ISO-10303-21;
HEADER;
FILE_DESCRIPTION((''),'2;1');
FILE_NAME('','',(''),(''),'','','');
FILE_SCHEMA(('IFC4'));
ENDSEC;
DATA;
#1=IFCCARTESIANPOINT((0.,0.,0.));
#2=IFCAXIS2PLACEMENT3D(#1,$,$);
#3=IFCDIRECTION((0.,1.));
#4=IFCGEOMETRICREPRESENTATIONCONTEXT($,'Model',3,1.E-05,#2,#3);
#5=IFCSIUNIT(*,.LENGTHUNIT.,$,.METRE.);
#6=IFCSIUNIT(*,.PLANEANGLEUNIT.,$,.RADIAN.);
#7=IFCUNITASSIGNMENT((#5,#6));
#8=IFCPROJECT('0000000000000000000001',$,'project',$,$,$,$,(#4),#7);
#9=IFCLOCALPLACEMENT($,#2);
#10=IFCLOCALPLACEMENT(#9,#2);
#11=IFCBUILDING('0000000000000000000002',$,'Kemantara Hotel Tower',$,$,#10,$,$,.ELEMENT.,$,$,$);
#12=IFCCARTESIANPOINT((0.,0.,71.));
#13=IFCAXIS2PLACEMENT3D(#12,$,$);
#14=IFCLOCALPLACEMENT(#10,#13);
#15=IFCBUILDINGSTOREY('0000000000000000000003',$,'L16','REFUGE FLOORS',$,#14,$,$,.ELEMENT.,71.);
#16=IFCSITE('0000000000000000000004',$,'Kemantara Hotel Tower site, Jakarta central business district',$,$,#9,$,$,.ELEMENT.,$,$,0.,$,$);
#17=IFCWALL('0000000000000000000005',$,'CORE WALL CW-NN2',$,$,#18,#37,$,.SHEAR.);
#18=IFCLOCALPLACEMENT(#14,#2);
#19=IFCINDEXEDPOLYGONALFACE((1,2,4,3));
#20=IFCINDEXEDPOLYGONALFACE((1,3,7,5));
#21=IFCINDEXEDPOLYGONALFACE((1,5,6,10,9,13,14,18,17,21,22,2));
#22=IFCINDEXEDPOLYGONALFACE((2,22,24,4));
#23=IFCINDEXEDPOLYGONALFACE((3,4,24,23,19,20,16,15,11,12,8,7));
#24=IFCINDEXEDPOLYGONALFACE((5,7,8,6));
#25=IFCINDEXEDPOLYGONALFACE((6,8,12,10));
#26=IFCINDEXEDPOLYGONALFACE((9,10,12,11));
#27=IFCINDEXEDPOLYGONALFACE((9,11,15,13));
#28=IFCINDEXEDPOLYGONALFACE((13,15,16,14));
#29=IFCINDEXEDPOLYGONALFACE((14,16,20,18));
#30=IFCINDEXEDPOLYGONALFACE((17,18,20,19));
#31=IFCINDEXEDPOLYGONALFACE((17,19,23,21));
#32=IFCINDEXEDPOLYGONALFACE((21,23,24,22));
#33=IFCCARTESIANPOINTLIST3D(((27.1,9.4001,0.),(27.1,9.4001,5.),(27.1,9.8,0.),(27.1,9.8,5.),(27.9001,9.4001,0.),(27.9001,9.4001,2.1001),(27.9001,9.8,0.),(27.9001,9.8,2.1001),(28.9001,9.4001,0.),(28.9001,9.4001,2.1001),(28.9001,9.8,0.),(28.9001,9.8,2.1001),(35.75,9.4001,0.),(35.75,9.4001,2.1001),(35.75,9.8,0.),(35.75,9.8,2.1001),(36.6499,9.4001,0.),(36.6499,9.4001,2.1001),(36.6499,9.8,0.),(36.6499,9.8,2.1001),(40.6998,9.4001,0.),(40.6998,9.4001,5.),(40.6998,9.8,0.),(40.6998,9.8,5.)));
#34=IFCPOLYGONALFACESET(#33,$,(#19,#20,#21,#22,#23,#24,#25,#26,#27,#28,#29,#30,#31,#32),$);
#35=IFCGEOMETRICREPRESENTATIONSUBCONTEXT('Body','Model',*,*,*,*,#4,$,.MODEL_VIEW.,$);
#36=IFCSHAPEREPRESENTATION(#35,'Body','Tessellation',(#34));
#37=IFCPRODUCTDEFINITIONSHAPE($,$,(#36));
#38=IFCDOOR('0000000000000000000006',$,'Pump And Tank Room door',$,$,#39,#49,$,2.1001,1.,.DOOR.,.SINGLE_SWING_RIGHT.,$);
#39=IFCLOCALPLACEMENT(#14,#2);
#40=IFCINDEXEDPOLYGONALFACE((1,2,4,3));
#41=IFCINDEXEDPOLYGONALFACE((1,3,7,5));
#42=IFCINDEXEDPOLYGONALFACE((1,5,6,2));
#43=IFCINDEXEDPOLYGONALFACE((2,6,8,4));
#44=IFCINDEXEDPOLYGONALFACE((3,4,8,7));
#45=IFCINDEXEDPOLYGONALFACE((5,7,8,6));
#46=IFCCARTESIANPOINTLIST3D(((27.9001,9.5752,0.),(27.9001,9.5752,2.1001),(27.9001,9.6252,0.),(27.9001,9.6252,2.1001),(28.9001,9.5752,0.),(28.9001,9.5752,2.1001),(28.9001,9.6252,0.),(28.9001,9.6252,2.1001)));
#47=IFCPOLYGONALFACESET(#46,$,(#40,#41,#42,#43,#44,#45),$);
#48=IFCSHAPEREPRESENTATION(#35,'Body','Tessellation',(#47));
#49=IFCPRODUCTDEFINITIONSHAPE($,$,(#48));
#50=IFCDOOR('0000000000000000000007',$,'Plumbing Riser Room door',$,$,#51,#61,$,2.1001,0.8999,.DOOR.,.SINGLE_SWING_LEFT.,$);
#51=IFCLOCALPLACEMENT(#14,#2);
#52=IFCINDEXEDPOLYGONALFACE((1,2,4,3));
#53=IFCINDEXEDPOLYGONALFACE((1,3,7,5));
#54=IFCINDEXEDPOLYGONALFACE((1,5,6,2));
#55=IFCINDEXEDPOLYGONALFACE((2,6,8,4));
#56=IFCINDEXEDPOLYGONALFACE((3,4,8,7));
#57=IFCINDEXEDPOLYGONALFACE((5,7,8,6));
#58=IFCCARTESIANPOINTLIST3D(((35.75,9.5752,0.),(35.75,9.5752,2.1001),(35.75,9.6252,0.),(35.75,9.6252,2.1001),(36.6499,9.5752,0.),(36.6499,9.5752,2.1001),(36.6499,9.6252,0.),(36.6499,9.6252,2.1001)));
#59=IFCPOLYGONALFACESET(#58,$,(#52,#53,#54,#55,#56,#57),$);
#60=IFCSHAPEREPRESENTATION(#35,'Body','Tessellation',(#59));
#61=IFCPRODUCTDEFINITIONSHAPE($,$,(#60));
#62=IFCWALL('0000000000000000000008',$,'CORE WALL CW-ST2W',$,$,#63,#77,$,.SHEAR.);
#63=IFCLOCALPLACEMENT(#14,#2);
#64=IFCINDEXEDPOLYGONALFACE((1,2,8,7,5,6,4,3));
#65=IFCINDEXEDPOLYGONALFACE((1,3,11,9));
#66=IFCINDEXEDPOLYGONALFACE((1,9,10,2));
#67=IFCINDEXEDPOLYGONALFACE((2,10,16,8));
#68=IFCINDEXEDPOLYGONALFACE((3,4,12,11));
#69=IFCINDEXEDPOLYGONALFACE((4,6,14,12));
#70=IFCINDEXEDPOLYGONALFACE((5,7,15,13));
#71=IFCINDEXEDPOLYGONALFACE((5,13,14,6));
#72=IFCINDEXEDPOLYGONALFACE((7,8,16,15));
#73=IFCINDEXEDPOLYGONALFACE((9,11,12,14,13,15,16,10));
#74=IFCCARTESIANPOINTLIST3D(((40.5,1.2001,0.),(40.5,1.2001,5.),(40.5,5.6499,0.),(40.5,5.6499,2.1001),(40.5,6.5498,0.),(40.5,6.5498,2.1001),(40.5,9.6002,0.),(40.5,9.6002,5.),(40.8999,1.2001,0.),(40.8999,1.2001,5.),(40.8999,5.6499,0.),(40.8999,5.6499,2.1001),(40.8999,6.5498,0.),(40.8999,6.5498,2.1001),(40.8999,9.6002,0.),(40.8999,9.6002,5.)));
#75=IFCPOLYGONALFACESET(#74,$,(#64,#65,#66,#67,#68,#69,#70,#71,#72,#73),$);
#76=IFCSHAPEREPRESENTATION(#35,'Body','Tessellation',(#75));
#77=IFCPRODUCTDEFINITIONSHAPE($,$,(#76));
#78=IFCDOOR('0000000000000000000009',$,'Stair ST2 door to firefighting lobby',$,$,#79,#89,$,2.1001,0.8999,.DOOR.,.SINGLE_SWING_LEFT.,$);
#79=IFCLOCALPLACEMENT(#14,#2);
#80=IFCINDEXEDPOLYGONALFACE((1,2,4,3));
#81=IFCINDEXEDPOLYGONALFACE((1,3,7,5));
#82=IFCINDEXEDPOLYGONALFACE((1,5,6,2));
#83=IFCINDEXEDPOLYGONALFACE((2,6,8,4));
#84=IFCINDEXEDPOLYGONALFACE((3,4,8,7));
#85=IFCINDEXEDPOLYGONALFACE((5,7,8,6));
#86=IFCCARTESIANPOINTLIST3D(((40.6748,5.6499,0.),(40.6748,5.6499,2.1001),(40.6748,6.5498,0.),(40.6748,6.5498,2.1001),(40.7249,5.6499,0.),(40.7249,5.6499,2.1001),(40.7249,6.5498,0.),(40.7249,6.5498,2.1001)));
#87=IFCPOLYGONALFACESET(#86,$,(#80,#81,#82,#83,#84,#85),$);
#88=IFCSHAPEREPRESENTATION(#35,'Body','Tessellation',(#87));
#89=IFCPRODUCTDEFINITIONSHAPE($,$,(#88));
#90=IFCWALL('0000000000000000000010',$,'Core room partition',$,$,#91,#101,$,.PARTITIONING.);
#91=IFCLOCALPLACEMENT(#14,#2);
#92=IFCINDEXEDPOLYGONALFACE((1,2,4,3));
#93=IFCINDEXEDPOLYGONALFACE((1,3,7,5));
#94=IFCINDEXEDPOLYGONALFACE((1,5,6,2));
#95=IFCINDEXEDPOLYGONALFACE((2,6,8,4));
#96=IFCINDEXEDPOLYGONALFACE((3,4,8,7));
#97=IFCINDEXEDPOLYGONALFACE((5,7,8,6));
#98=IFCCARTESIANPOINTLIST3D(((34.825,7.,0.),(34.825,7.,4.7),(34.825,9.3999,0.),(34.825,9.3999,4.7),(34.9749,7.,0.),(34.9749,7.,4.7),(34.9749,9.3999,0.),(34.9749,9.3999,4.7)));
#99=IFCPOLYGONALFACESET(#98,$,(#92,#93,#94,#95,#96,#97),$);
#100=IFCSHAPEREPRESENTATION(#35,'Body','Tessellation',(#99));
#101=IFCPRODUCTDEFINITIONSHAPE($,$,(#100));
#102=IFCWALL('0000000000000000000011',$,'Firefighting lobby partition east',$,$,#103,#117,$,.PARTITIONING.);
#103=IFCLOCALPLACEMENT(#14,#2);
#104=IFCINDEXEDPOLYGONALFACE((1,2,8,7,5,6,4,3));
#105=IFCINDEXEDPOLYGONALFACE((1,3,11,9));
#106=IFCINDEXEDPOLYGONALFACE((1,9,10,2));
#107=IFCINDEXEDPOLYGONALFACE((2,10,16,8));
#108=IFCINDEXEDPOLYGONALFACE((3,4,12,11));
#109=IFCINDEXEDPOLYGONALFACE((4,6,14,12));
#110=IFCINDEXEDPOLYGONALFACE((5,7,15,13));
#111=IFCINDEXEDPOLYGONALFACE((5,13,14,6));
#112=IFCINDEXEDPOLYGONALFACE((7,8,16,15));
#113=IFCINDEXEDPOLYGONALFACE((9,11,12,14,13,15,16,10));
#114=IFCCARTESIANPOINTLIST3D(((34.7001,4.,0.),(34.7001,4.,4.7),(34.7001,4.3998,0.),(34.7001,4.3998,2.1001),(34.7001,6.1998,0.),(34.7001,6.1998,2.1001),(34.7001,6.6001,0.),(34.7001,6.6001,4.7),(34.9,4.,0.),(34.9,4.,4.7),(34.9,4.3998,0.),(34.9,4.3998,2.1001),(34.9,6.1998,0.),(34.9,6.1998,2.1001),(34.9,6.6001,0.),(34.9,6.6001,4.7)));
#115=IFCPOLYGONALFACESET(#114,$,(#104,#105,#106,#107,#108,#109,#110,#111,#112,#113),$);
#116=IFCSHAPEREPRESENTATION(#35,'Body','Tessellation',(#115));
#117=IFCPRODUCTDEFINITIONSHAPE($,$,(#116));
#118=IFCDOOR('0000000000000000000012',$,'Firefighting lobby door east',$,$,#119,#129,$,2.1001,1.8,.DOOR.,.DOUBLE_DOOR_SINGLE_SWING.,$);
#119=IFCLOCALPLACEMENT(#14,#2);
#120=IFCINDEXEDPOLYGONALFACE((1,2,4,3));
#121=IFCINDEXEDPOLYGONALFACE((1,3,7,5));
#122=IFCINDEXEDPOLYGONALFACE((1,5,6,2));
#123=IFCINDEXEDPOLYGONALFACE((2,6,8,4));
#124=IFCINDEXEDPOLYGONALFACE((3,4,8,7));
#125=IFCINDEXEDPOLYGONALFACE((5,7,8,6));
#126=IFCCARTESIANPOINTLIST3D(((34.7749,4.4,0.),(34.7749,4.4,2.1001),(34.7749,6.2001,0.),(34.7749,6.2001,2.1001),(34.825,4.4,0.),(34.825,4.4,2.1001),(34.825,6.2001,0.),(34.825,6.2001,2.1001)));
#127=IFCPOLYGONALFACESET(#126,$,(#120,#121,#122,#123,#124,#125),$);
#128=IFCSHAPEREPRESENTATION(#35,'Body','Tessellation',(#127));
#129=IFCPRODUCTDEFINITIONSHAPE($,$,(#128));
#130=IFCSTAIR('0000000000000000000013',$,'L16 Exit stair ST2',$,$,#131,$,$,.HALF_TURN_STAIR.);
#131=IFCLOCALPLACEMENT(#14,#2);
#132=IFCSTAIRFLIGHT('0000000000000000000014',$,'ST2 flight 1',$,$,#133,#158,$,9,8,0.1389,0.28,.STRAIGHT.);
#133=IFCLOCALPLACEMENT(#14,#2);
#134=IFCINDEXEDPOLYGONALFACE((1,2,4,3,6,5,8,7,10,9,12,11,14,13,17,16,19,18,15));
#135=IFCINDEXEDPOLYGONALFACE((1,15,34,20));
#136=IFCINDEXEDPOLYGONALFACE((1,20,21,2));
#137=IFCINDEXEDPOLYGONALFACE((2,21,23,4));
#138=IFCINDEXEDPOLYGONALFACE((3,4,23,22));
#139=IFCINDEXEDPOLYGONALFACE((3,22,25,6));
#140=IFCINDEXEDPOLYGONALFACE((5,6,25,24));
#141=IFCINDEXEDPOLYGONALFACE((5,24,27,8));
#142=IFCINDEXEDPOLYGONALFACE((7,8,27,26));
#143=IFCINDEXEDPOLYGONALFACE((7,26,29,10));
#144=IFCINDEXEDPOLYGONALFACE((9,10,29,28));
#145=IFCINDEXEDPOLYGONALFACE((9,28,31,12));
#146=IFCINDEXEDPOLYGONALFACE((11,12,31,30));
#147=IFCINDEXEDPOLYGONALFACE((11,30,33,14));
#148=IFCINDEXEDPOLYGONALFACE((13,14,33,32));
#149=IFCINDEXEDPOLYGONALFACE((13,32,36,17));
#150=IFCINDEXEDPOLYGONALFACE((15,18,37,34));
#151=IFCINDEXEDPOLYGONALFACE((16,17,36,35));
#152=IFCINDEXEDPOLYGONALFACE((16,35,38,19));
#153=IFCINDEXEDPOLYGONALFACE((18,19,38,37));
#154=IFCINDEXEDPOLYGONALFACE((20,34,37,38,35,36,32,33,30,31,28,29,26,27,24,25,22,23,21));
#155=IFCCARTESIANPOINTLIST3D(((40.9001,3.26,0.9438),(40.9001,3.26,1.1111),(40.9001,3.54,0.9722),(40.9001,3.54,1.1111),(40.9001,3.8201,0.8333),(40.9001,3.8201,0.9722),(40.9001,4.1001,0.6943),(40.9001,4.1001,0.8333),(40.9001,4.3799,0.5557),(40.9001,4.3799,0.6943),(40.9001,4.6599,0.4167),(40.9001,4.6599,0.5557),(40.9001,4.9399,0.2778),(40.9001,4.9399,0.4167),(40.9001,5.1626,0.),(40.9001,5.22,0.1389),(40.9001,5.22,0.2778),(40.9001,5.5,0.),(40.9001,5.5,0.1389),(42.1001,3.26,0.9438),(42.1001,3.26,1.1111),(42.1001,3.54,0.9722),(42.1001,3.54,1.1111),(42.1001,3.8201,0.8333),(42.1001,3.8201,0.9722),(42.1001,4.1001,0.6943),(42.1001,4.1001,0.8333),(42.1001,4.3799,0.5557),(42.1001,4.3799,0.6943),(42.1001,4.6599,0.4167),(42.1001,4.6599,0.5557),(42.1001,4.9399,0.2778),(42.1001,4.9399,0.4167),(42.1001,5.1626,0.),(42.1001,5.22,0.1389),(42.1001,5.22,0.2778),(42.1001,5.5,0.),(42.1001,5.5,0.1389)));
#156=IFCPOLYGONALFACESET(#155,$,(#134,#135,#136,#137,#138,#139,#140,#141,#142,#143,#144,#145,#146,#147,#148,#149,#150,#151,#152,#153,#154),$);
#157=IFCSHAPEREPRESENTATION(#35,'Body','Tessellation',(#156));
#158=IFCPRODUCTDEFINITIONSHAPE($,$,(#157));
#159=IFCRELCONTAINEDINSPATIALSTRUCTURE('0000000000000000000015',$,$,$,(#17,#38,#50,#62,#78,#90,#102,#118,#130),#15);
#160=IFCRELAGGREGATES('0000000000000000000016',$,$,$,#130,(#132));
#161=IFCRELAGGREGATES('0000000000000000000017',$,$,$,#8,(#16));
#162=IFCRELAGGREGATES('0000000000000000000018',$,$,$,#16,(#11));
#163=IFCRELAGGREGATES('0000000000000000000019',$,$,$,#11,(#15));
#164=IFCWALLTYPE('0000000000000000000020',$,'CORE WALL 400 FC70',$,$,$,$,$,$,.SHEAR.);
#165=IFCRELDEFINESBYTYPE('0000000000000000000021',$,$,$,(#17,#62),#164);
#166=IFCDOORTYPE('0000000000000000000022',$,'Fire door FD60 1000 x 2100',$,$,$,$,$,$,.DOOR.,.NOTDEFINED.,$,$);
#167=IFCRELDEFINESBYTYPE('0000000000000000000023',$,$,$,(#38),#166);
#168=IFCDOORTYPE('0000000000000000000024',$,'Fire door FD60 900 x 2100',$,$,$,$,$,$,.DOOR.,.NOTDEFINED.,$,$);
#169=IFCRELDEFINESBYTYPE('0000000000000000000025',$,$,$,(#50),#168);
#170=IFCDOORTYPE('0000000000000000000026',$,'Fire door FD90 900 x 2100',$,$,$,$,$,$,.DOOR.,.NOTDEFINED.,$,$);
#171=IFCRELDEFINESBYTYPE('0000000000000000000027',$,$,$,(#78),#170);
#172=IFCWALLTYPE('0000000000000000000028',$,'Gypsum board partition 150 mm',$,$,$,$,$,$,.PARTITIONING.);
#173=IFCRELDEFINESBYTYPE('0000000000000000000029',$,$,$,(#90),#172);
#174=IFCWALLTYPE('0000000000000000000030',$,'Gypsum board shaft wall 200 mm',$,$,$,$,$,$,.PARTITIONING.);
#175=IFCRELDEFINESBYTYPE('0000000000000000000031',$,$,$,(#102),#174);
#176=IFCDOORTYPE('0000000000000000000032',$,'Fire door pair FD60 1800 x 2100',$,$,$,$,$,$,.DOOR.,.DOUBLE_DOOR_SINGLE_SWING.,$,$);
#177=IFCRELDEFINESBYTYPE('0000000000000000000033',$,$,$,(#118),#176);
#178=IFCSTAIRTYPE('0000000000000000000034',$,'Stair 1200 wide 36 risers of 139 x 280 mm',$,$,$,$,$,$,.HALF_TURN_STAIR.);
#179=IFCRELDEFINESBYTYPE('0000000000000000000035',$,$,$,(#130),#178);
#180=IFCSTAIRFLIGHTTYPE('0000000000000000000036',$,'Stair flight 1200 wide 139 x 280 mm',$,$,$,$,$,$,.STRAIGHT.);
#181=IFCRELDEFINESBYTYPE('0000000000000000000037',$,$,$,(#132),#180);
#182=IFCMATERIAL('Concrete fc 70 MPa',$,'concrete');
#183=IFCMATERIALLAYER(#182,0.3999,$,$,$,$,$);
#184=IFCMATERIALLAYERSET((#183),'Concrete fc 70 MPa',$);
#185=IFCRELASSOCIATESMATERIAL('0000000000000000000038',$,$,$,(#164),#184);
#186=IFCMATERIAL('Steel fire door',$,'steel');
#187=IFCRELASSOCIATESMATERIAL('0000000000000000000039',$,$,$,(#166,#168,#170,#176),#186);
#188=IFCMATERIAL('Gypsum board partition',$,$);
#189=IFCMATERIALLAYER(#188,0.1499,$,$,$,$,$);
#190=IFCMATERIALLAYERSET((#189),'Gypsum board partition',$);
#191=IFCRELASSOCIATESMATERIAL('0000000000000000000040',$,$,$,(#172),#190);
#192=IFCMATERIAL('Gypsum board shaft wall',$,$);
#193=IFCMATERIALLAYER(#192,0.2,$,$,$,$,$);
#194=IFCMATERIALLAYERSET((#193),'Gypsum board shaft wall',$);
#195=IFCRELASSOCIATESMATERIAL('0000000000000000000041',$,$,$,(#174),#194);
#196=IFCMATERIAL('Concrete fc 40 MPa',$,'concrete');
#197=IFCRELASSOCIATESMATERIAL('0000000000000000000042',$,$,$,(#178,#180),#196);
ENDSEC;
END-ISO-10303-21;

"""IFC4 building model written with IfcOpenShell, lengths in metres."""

from ifc_helpers import new_model, si_unit, direction, frame, frame_2d, origin, place, context, subcontext, project, spatial, polyline, rectangle, outline, extrude, material, layer, layer_set, type_object, element, fill, aggregate, save


model = new_model("IFC4")

# Units and contexts
model_context = context("Model", 3, precision=1e-05, world=origin(), true_north=direction((0.0, 1.0)))
body_context = subcontext(model_context, "Body", "Model", "MODEL_VIEW")
ifc_project = project(units=[si_unit("LENGTHUNIT", "METRE"), si_unit("PLANEANGLEUNIT", "RADIAN")], contexts=[model_context])

# Site, building, storey
site_placement = place(None, origin())
site = spatial("IfcSite", under=ifc_project, at=site_placement, Name="Kemantara Hotel Tower site, Jakarta central business district", CompositionType="ELEMENT", RefElevation=0.0)
building_placement = place(site_placement, origin())
building = spatial("IfcBuilding", under=site, at=building_placement, Name="Kemantara Hotel Tower", CompositionType="ELEMENT")
storey_placement = place(building_placement, frame((0.0, 0.0, 71.0)))
storey = spatial("IfcBuildingStorey", under=building, at=storey_placement, Name="L16", Description="REFUGE FLOORS", CompositionType="ELEMENT", Elevation=71.0)

# Shared definitions
ifc_material_1 = material(Name="Concrete fc 70 MPa", Category="concrete")

# Shared definitions
ifc_layer_1 = layer(ifc_material_1, 0.3999)
ifc_layer_set_1 = layer_set([ifc_layer_1], Name="Concrete fc 70 MPa")
wall_type_1 = type_object("IfcWallType", Name="CORE WALL 400 FC70", PredefinedType="SHEAR", material=ifc_layer_set_1)
ifc_material_2 = material(Name="Steel fire door", Category="steel")

# Wall, openings, doors
wall_1_placement = place(storey_placement, frame((27.1001, 9.6001, 0.0), z_axis=(0.0, 0.0, 1.0), x_axis=(1.0, 0.0, 0.0)))
wall_1 = element("IfcWall", 1, at=wall_1_placement, inside=storey, type_object=wall_type_1, Name="CORE WALL CW-NN2", PredefinedType="SHEAR", context=body_context, shape_type="SweptSolid", body=[
    extrude(rectangle(XDim=13.5999, YDim=0.3999, at=frame_2d((6.7998, 0.0))), origin(), (0.0, 0.0, 1.0), 5.0),
])
opening_1_placement = place(wall_1_placement, frame((0.8, 0.0, 0.0)))
opening_1 = element("IfcOpeningElement", 2, at=opening_1_placement, cuts=wall_1, PredefinedType="OPENING", context=body_context, shape_type="SweptSolid", body=[
    extrude(rectangle(XDim=1.0, YDim=2.1001, at=frame_2d((0.5, 1.05))), frame((0.0, 0.21, 0.0), z_axis=(0.0, -1.0, 0.0), x_axis=(1.0, 0.0, 0.0)), (0.0, 0.0, 1.0), 0.4199),
])
opening_2_placement = place(wall_1_placement, frame((8.6499, 0.0, 0.0)))
opening_2 = element("IfcOpeningElement", 3, at=opening_2_placement, cuts=wall_1, PredefinedType="OPENING", context=body_context, shape_type="SweptSolid", body=[
    extrude(rectangle(XDim=0.8999, YDim=2.1001, at=frame_2d((0.45, 1.05))), frame((0.0, 0.21, 0.0), z_axis=(0.0, -1.0, 0.0), x_axis=(1.0, 0.0, 0.0)), (0.0, 0.0, 1.0), 0.4199),
])
door_type_1 = type_object("IfcDoorType", Name="Fire door FD60 1000 x 2100", OperationType="NOTDEFINED", PredefinedType="DOOR", material=ifc_material_2)
door_1_placement = place(opening_1_placement, frame((1.0, 0.0, 0.0), z_axis=(0.0, 0.0, 1.0), x_axis=(-1.0, 0.0, 0.0)))
door_1 = element("IfcDoor", 4, at=door_1_placement, inside=storey, type_object=door_type_1, Name="Pump And Tank Room door", OperationType="SINGLE_SWING_RIGHT", OverallHeight=2.1001, OverallWidth=1.0, PredefinedType="DOOR", context=body_context, shape_type="SweptSolid", body=[
    extrude(rectangle(XDim=1.0, YDim=2.1001, at=frame_2d((0.5, 1.05))), frame((0.0, 0.0249, 0.0), z_axis=(0.0, -1.0, 0.0), x_axis=(1.0, 0.0, 0.0)), (0.0, 0.0, 1.0), 0.05),
])
fill(opening_1, door_1)
door_type_2 = type_object("IfcDoorType", Name="Fire door FD60 900 x 2100", OperationType="NOTDEFINED", PredefinedType="DOOR", material=ifc_material_2)
door_2_placement = place(opening_2_placement, frame((0.8999, 0.0, 0.0), z_axis=(0.0, 0.0, 1.0), x_axis=(-1.0, 0.0, 0.0)))
door_2 = element("IfcDoor", 5, at=door_2_placement, inside=storey, type_object=door_type_2, Name="Plumbing Riser Room door", OperationType="SINGLE_SWING_LEFT", OverallHeight=2.1001, OverallWidth=0.8999, PredefinedType="DOOR", context=body_context, shape_type="SweptSolid", body=[
    extrude(rectangle(XDim=0.8999, YDim=2.1001, at=frame_2d((0.45, 1.05))), frame((0.0, 0.0249, 0.0), z_axis=(0.0, -1.0, 0.0), x_axis=(1.0, 0.0, 0.0)), (0.0, 0.0, 1.0), 0.05),
])
fill(opening_2, door_2)

# Wall, opening, door
wall_2_placement = place(storey_placement, frame((40.7, 1.2, 0.0), z_axis=(0.0, 0.0, 1.0), x_axis=(0.0, 1.0, 0.0)))
wall_2 = element("IfcWall", 6, at=wall_2_placement, inside=storey, type_object=wall_type_1, Name="CORE WALL CW-ST2W", PredefinedType="SHEAR", context=body_context, shape_type="SweptSolid", body=[
    extrude(rectangle(XDim=8.4001, YDim=0.3999, at=frame_2d((4.2002, 0.0))), origin(), (0.0, 0.0, 1.0), 5.0),
])
opening_3_placement = place(wall_2_placement, frame((4.45, 0.0, 0.0)))
opening_3 = element("IfcOpeningElement", 7, at=opening_3_placement, cuts=wall_2, PredefinedType="OPENING", context=body_context, shape_type="SweptSolid", body=[
    extrude(rectangle(XDim=0.8999, YDim=2.1001, at=frame_2d((0.45, 1.05))), frame((0.0, 0.21, 0.0), z_axis=(0.0, -1.0, 0.0), x_axis=(1.0, 0.0, 0.0)), (0.0, 0.0, 1.0), 0.4199),
])
door_type_3 = type_object("IfcDoorType", Name="Fire door FD90 900 x 2100", OperationType="NOTDEFINED", PredefinedType="DOOR", material=ifc_material_2)
door_3_placement = place(opening_3_placement, frame((0.8999, 0.0, 0.0), z_axis=(0.0, 0.0, 1.0), x_axis=(-1.0, 0.0, 0.0)))
door_3 = element("IfcDoor", 8, at=door_3_placement, inside=storey, type_object=door_type_3, Name="Stair ST2 door to firefighting lobby", OperationType="SINGLE_SWING_LEFT", OverallHeight=2.1001, OverallWidth=0.8999, PredefinedType="DOOR", context=body_context, shape_type="SweptSolid", body=[
    extrude(rectangle(XDim=0.8999, YDim=2.1001, at=frame_2d((0.45, 1.05))), frame((0.0, 0.0249, 0.0), z_axis=(0.0, -1.0, 0.0), x_axis=(1.0, 0.0, 0.0)), (0.0, 0.0, 1.0), 0.05),
])
fill(opening_3, door_3)

# Wall
ifc_material_3 = material(Name="Gypsum board partition")
ifc_layer_2 = layer(ifc_material_3, 0.1499)
ifc_layer_set_2 = layer_set([ifc_layer_2], Name="Gypsum board partition")
wall_type_2 = type_object("IfcWallType", Name="Gypsum board partition 150 mm", PredefinedType="PARTITIONING", material=ifc_layer_set_2)
wall_3_placement = place(storey_placement, frame((34.8999, 7.0, 0.0), z_axis=(0.0, 0.0, 1.0), x_axis=(0.0, 1.0, 0.0)))
element("IfcWall", 9, at=wall_3_placement, inside=storey, type_object=wall_type_2, Name="Core room partition", PredefinedType="PARTITIONING", context=body_context, shape_type="SweptSolid", body=[
    extrude(rectangle(XDim=2.3999, YDim=0.1499, at=frame_2d((1.2, 0.0))), origin(), (0.0, 0.0, 1.0), 4.7),
])

# Wall, opening, door
ifc_material_4 = material(Name="Gypsum board shaft wall")
ifc_layer_3 = layer(ifc_material_4, 0.2)
ifc_layer_set_3 = layer_set([ifc_layer_3], Name="Gypsum board shaft wall")
wall_type_3 = type_object("IfcWallType", Name="Gypsum board shaft wall 200 mm", PredefinedType="PARTITIONING", material=ifc_layer_set_3)
wall_4_placement = place(storey_placement, frame((34.8, 4.0, 0.0), z_axis=(0.0, 0.0, 1.0), x_axis=(0.0, 1.0, 0.0)))
wall_4 = element("IfcWall", 10, at=wall_4_placement, inside=storey, type_object=wall_type_3, Name="Firefighting lobby partition east", PredefinedType="PARTITIONING", context=body_context, shape_type="SweptSolid", body=[
    extrude(rectangle(XDim=2.6001, YDim=0.2, at=frame_2d((1.3, 0.0))), origin(), (0.0, 0.0, 1.0), 4.7),
])
opening_4_placement = place(wall_4_placement, frame((0.3999, 0.0, 0.0)))
opening_4 = element("IfcOpeningElement", 11, at=opening_4_placement, cuts=wall_4, PredefinedType="OPENING", context=body_context, shape_type="SweptSolid", body=[
    extrude(rectangle(XDim=1.8, YDim=2.1001, at=frame_2d((0.8999, 1.05))), frame((0.0, 0.1099, 0.0), z_axis=(0.0, -1.0, 0.0), x_axis=(1.0, 0.0, 0.0)), (0.0, 0.0, 1.0), 0.22),
])
door_type_4 = type_object("IfcDoorType", Name="Fire door pair FD60 1800 x 2100", OperationType="DOUBLE_DOOR_SINGLE_SWING", PredefinedType="DOOR", material=ifc_material_2)
door_4_placement = place(opening_4_placement, frame((1.8, 0.0, 0.0), z_axis=(0.0, 0.0, 1.0), x_axis=(-1.0, 0.0, 0.0)))
door_4 = element("IfcDoor", 12, at=door_4_placement, inside=storey, type_object=door_type_4, Name="Firefighting lobby door east", OperationType="DOUBLE_DOOR_SINGLE_SWING", OverallHeight=2.1001, OverallWidth=1.8, PredefinedType="DOOR", context=body_context, shape_type="SweptSolid", body=[
    extrude(rectangle(XDim=1.8, YDim=2.1001, at=frame_2d((0.8999, 1.05))), frame((0.0, 0.0249, 0.0), z_axis=(0.0, -1.0, 0.0), x_axis=(1.0, 0.0, 0.0)), (0.0, 0.0, 1.0), 0.05),
])
fill(opening_4, door_4)

# Stair, stair flight
ifc_material_5 = material(Name="Concrete fc 40 MPa", Category="concrete")
stair_type = type_object("IfcStairType", Name="Stair 1200 wide 36 risers of 139 x 280 mm", PredefinedType="HALF_TURN_STAIR", material=ifc_material_5)
stair_placement = place(storey_placement, origin())
stair = element("IfcStair", 13, at=stair_placement, inside=storey, type_object=stair_type, Name="L16 Exit stair ST2", PredefinedType="HALF_TURN_STAIR")
stair_flight_type = type_object("IfcStairFlightType", Name="Stair flight 1200 wide 139 x 280 mm", PredefinedType="STRAIGHT", material=ifc_material_5)
stair_flight_1_placement = place(storey_placement, frame((41.5, 5.5, 0.0), z_axis=(0.0, 0.0, 1.0), x_axis=(0.0, -1.0, 0.0)))
stair_flight_1 = element("IfcStairFlight", 14, at=stair_flight_1_placement, type_object=stair_flight_type, Name="ST2 flight 1", NumberOfRisers=9, NumberOfTreads=8, PredefinedType="STRAIGHT", RiserHeight=0.1389, TreadLength=0.28, context=body_context, shape_type="SweptSolid", body=[
    extrude(outline(polyline([(0.0, 0.0), (0.0, 0.1389), (0.28, 0.1389), (0.28, 0.2778), (0.5601, 0.2778), (0.5601, 0.4167), (0.8401, 0.4167), (0.8401, 0.5557), (1.1201, 0.5557), (1.1201, 0.6943), (1.3999, 0.6943), (1.3999, 0.8333), (1.6799, 0.8333), (1.6799, 0.9722), (1.96, 0.9722), (1.96, 1.1111), (2.24, 1.1111), (2.24, 1.25), (2.24, 0.9438), (0.3374, 0.0), (0.0, 0.0)])), frame((0.0, 0.6001, 0.0), z_axis=(0.0, -1.0, 0.0), x_axis=(1.0, 0.0, 0.0)), (0.0, 0.0, 1.0), 1.2),
])
aggregate(stair, [stair_flight_1])

save(model, "model.ifc")
